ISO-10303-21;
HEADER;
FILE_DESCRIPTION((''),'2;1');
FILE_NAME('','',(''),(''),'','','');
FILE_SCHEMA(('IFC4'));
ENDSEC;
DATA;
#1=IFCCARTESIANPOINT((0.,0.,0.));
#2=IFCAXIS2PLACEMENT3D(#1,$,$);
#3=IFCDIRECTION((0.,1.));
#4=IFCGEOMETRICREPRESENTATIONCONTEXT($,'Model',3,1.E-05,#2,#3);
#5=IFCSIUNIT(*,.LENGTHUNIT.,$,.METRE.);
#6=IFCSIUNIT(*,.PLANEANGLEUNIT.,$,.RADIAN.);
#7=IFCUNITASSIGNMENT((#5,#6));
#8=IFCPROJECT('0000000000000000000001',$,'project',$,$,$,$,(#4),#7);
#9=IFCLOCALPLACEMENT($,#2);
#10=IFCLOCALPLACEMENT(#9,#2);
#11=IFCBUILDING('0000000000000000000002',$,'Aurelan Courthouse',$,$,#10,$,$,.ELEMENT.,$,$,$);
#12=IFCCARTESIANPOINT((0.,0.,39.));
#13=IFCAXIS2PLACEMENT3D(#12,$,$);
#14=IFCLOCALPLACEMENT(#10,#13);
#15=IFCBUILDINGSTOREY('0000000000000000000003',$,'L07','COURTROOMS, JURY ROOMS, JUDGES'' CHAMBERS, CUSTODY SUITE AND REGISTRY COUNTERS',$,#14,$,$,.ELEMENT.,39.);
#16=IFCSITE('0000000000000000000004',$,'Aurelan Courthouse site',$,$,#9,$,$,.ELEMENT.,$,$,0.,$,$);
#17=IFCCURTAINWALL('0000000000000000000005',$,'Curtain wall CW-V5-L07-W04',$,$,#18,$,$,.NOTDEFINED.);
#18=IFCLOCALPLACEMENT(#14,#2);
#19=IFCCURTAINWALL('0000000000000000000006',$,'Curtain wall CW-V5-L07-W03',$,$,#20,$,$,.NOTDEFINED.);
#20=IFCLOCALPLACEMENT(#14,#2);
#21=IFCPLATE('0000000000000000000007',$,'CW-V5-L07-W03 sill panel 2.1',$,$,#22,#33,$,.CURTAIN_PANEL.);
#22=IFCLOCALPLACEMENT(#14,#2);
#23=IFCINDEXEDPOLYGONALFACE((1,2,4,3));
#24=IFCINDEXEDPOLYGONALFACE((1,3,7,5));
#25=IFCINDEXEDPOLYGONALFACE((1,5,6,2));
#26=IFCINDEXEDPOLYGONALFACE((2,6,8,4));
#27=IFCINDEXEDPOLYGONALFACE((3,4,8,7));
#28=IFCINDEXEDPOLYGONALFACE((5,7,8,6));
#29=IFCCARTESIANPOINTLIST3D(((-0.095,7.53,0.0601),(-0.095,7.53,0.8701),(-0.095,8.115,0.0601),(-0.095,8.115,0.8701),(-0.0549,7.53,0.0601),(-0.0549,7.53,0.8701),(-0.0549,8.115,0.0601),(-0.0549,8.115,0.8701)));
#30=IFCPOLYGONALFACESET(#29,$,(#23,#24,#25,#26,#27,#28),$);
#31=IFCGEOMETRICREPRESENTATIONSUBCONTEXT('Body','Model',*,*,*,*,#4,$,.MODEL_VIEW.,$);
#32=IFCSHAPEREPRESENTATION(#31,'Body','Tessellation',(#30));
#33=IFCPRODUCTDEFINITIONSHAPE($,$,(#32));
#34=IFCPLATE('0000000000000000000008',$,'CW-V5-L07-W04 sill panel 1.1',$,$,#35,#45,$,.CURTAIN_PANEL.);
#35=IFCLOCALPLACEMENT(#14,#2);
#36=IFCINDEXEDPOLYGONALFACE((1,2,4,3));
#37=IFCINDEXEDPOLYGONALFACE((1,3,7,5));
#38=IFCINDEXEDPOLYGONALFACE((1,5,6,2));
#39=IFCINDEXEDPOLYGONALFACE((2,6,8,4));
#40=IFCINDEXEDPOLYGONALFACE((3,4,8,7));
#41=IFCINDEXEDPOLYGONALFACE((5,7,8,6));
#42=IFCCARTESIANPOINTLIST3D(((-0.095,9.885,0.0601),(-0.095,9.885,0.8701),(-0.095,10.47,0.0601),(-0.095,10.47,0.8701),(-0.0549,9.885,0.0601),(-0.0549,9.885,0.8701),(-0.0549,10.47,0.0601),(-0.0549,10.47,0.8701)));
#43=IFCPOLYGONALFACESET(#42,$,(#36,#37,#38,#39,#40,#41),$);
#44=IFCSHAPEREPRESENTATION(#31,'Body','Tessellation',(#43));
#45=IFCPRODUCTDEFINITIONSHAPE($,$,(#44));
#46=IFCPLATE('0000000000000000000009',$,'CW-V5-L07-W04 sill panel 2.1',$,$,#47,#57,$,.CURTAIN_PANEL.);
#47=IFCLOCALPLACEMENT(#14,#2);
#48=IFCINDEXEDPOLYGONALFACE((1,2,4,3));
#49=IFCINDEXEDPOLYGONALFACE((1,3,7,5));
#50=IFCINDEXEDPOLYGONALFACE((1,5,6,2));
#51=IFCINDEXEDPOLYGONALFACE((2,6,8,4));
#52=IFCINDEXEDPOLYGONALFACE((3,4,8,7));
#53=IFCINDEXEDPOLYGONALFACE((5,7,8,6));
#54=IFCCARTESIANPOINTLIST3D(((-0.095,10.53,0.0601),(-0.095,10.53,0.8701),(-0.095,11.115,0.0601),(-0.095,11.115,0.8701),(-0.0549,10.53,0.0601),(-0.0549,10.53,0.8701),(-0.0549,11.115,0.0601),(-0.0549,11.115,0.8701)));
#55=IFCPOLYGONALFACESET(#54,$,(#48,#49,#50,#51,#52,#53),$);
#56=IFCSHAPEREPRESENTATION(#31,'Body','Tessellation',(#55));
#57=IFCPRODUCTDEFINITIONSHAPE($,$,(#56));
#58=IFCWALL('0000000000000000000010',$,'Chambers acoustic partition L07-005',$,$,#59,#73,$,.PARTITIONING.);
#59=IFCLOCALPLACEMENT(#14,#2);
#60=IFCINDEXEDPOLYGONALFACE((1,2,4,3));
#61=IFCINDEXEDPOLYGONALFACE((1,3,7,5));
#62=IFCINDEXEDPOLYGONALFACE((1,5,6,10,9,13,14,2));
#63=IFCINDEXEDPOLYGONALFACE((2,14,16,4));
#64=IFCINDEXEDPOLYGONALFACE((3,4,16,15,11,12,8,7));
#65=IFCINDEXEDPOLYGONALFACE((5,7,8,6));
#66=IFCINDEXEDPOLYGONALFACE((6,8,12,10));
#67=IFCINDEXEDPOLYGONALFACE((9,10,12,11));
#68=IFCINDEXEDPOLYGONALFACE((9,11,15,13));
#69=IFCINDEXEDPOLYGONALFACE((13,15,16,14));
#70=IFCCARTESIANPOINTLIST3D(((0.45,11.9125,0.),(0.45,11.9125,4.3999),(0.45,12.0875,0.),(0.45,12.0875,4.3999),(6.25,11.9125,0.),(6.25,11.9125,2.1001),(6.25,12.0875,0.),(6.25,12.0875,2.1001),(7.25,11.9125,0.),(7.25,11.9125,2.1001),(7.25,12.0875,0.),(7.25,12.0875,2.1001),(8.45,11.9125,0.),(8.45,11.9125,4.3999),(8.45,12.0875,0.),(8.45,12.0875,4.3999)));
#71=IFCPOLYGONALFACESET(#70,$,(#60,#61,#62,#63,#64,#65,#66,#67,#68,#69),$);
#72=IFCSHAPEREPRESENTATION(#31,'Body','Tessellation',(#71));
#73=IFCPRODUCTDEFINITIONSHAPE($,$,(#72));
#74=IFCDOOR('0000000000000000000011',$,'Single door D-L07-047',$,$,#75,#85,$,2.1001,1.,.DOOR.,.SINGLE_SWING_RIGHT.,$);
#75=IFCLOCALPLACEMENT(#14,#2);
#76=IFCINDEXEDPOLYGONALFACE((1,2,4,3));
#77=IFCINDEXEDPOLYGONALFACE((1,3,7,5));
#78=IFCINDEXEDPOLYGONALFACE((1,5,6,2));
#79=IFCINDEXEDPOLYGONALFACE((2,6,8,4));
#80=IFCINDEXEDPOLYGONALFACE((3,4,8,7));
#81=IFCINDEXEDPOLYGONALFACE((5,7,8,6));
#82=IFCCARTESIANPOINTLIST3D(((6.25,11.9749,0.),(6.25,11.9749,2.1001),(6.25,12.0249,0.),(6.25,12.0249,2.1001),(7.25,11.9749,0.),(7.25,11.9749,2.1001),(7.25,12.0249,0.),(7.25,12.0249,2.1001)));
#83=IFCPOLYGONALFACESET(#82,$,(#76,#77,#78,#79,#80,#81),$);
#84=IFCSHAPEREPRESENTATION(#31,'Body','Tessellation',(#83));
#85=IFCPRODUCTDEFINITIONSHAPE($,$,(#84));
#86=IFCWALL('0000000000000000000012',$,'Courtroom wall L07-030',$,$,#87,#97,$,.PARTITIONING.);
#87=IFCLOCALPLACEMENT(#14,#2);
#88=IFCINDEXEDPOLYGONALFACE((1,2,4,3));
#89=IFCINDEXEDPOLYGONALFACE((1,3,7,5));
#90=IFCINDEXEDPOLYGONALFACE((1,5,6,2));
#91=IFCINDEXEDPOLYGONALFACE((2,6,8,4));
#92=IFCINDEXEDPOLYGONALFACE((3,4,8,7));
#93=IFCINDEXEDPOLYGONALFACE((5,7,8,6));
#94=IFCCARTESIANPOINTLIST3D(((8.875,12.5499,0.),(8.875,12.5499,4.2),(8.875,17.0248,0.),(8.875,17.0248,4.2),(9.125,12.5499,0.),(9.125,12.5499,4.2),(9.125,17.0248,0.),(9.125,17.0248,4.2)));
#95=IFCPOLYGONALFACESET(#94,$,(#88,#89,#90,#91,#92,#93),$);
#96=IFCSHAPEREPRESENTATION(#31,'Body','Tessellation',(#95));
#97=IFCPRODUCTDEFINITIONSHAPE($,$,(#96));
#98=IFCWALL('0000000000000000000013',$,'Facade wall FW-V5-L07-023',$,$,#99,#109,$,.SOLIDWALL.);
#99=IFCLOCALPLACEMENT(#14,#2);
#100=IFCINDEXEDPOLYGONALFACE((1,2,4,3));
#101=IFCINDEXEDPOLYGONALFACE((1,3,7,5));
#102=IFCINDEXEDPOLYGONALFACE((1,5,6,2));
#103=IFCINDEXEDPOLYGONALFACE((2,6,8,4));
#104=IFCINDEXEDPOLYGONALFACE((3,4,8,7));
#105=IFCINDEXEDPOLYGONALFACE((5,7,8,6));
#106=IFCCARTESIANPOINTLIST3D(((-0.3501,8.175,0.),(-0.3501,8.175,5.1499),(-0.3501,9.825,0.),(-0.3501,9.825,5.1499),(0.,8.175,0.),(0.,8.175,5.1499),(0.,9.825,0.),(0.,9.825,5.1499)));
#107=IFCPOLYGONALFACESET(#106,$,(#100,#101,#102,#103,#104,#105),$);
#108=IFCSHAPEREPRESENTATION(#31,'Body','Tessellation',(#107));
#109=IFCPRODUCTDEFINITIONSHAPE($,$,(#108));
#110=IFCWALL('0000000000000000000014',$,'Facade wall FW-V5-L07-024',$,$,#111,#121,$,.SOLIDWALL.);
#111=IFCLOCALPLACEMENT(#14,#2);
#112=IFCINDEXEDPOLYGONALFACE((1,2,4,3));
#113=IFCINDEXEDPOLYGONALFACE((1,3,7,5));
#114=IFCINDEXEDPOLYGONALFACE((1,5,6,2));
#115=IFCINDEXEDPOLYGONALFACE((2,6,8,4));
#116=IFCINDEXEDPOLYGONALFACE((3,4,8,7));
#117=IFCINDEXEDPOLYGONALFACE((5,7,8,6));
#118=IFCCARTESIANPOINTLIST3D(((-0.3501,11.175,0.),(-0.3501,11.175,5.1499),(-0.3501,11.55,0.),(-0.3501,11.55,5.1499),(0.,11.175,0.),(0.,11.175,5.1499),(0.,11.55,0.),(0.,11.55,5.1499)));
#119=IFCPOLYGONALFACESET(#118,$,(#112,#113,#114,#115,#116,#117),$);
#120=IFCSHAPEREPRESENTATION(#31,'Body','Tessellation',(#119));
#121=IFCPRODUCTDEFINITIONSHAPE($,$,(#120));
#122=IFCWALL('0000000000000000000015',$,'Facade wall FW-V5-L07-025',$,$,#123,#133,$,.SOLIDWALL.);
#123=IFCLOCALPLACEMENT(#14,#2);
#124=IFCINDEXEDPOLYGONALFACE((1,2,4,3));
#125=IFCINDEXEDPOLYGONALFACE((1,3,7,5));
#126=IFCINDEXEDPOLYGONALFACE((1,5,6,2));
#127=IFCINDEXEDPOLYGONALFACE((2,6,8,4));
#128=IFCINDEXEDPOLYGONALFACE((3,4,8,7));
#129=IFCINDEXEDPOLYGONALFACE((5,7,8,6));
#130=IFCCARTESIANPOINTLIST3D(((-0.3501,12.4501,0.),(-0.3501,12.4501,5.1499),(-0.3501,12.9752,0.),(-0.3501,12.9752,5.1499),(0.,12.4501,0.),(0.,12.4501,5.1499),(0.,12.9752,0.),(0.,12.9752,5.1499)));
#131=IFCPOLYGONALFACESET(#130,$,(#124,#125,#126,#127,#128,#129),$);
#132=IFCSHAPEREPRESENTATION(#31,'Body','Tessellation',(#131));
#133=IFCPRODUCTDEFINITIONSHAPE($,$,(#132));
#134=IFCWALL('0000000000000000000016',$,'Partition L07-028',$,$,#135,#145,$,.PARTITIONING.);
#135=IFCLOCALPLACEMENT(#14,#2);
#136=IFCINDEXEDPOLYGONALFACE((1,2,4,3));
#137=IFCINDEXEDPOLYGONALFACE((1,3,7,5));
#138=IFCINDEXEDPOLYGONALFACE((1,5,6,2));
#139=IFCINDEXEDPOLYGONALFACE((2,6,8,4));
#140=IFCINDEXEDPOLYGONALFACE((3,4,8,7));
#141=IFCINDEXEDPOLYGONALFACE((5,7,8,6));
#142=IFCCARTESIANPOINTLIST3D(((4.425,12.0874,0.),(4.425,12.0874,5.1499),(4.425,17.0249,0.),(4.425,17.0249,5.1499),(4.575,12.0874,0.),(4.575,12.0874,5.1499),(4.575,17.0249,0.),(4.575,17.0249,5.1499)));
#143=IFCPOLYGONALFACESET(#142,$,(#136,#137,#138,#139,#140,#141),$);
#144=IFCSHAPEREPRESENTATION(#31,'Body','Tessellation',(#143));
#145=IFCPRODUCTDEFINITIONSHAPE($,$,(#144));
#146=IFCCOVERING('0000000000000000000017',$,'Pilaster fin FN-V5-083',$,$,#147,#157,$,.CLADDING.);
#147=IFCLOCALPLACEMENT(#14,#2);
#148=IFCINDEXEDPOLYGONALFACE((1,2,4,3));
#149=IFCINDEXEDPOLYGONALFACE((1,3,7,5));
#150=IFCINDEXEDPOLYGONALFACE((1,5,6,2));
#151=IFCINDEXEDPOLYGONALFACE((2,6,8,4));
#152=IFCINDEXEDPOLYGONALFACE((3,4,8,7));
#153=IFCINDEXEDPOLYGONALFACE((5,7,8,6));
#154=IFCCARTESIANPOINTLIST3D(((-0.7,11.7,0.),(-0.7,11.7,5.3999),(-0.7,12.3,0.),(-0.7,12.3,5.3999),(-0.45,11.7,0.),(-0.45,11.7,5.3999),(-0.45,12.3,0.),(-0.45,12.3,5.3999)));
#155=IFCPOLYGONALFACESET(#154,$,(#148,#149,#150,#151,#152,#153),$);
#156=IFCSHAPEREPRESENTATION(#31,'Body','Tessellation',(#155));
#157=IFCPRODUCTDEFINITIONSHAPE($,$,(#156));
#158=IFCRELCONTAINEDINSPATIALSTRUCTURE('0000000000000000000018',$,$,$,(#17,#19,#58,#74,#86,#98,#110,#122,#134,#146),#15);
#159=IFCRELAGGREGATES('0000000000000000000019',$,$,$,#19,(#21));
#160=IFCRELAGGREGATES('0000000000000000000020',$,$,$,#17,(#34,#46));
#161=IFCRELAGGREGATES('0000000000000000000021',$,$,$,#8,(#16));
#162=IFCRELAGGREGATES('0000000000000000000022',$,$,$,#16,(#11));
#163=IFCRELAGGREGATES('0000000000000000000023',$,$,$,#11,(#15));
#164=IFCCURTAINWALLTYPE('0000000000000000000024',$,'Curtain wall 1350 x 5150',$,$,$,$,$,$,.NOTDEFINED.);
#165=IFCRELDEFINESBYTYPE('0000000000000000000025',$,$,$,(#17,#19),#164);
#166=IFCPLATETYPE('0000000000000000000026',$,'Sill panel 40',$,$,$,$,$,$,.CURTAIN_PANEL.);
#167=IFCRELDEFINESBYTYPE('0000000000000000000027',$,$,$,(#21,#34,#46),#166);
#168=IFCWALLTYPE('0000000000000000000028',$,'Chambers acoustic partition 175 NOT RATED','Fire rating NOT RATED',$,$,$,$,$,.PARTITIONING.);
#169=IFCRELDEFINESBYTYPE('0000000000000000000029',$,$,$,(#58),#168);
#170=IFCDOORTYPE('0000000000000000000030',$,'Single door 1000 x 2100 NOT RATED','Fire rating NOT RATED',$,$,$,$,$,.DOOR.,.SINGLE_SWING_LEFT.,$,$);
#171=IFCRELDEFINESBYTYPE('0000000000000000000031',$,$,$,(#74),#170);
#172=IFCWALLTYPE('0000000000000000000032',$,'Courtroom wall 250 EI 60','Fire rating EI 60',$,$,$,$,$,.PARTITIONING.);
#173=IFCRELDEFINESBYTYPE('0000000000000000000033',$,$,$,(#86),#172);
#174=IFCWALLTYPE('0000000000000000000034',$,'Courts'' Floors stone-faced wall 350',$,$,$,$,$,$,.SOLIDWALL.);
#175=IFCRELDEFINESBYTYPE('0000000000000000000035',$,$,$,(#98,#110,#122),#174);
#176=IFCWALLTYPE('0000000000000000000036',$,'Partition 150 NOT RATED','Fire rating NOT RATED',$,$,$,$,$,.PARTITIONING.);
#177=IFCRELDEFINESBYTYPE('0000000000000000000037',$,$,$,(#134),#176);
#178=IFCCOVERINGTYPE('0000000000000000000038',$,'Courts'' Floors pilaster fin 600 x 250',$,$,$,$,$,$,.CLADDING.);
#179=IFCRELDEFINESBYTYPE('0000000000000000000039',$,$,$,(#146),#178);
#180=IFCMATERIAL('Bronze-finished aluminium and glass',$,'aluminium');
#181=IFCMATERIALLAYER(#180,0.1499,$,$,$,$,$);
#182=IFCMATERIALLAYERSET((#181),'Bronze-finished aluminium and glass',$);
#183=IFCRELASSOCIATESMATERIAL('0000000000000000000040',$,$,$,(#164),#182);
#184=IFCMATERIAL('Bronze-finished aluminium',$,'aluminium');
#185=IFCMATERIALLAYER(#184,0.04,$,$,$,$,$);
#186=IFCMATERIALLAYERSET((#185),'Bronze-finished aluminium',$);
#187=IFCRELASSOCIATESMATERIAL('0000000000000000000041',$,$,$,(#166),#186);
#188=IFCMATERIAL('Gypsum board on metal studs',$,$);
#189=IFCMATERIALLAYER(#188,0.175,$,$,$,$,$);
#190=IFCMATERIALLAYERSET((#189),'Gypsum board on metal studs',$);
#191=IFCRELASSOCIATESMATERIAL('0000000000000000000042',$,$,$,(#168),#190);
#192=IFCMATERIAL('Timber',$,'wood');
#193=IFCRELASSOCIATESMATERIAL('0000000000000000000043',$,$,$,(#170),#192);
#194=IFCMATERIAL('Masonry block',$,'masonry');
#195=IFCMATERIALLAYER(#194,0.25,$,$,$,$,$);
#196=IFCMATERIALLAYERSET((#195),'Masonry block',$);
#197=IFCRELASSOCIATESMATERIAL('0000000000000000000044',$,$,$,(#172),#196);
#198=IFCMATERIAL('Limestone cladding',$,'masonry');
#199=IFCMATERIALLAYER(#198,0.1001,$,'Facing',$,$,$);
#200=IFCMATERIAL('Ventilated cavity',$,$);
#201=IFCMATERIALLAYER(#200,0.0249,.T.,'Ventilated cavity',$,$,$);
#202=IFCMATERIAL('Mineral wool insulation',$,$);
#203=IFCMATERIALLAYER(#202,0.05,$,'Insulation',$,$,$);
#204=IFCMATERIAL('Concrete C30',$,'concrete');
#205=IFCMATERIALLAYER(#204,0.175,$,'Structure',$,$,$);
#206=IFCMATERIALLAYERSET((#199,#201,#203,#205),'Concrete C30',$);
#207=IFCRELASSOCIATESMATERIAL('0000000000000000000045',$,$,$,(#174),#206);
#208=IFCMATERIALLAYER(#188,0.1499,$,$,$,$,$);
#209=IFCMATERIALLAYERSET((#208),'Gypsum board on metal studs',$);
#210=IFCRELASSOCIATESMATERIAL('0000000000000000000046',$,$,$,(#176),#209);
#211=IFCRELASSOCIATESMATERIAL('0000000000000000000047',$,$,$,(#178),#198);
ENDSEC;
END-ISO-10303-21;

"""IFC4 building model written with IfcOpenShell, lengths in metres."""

from ifc_helpers import new_model, si_unit, direction, frame, frame_2d, origin, origin_2d, place, context, subcontext, project, spatial, rectangle, extrude, material, layer, layer_set, type_object, element, fill, aggregate, save


model = new_model("IFC4")

# Units and contexts
model_context = context("Model", 3, precision=1e-05, world=origin(), true_north=direction((0.0, 1.0)))
body_context = subcontext(model_context, "Body", "Model", "MODEL_VIEW")
ifc_project = project(units=[si_unit("LENGTHUNIT", "METRE"), si_unit("PLANEANGLEUNIT", "RADIAN")], contexts=[model_context])

# Site, building, storey
site_placement = place(None, origin())
site = spatial("IfcSite", under=ifc_project, at=site_placement, Name="Aurelan Courthouse site", CompositionType="ELEMENT", RefElevation=0.0)
building_placement = place(site_placement, origin())
building = spatial("IfcBuilding", under=site, at=building_placement, Name="Aurelan Courthouse", CompositionType="ELEMENT")
storey_placement = place(building_placement, frame((0.0, 0.0, 39.0)))
storey = spatial("IfcBuildingStorey", under=building, at=storey_placement, Name="L07", Description="COURTROOMS, JURY ROOMS, JUDGES' CHAMBERS, CUSTODY SUITE AND REGISTRY COUNTERS", CompositionType="ELEMENT", Elevation=39.0)

# Curtain wall
ifc_material_1 = material(Name="Bronze-finished aluminium and glass", Category="aluminium")
ifc_layer_1 = layer(ifc_material_1, 0.1499)
ifc_layer_set_1 = layer_set([ifc_layer_1], Name="Bronze-finished aluminium and glass")
curtain_wall_type = type_object("IfcCurtainWallType", Name="Curtain wall 1350 x 5150", PredefinedType="NOTDEFINED", material=ifc_layer_set_1)
curtain_wall_1_placement = place(storey_placement, origin())
curtain_wall_1 = element("IfcCurtainWall", 1, at=curtain_wall_1_placement, inside=storey, type_object=curtain_wall_type, Name="Curtain wall CW-V5-L07-W04", PredefinedType="NOTDEFINED")
ifc_material_2 = material(Name="Bronze-finished aluminium", Category="aluminium")

# Curtain wall
curtain_wall_2_placement = place(storey_placement, origin())
curtain_wall_2 = element("IfcCurtainWall", 2, at=curtain_wall_2_placement, inside=storey, type_object=curtain_wall_type, Name="Curtain wall CW-V5-L07-W03", PredefinedType="NOTDEFINED")

# Plates
ifc_layer_2 = layer(ifc_material_2, 0.04)
ifc_layer_set_2 = layer_set([ifc_layer_2], Name="Bronze-finished aluminium")
plate_type = type_object("IfcPlateType", Name="Sill panel 40", PredefinedType="CURTAIN_PANEL", material=ifc_layer_set_2)
plate_1_placement = place(storey_placement, frame((-0.075, 7.8225, 0.0601), z_axis=(0.0, 0.0, 1.0), x_axis=(0.0, 1.0, 0.0)))
plate_1 = element("IfcPlate", 3, at=plate_1_placement, type_object=plate_type, Name="CW-V5-L07-W03 sill panel 2.1", PredefinedType="CURTAIN_PANEL", context=body_context, shape_type="SweptSolid", body=[
    extrude(rectangle(XDim=0.585, YDim=0.04, at=origin_2d()), origin(), (0.0, 0.0, 1.0), 0.8101),
])
aggregate(curtain_wall_2, [plate_1])
plate_2_placement = place(storey_placement, frame((-0.075, 10.1775, 0.0601), z_axis=(0.0, 0.0, 1.0), x_axis=(0.0, 1.0, 0.0)))
plate_2 = element("IfcPlate", 4, at=plate_2_placement, type_object=plate_type, Name="CW-V5-L07-W04 sill panel 1.1", PredefinedType="CURTAIN_PANEL", context=body_context, shape_type="SweptSolid", body=[
    extrude(rectangle(XDim=0.585, YDim=0.04, at=origin_2d()), origin(), (0.0, 0.0, 1.0), 0.8101),
])
plate_3_placement = place(storey_placement, frame((-0.075, 10.8225, 0.0601), z_axis=(0.0, 0.0, 1.0), x_axis=(0.0, 1.0, 0.0)))
plate_3 = element("IfcPlate", 5, at=plate_3_placement, type_object=plate_type, Name="CW-V5-L07-W04 sill panel 2.1", PredefinedType="CURTAIN_PANEL", context=body_context, shape_type="SweptSolid", body=[
    extrude(rectangle(XDim=0.585, YDim=0.04, at=origin_2d()), origin(), (0.0, 0.0, 1.0), 0.8101),
])
aggregate(curtain_wall_1, [plate_2, plate_3])

# Wall, opening, door
ifc_material_3 = material(Name="Gypsum board on metal studs")
ifc_layer_3 = layer(ifc_material_3, 0.175)
ifc_layer_set_3 = layer_set([ifc_layer_3], Name="Gypsum board on metal studs")
wall_type_1 = type_object("IfcWallType", Name="Chambers acoustic partition 175 NOT RATED", Description="Fire rating NOT RATED", PredefinedType="PARTITIONING", material=ifc_layer_set_3)
wall_1_placement = place(storey_placement, frame((0.45, 12.0, 0.0), z_axis=(0.0, 0.0, 1.0), x_axis=(1.0, 0.0, 0.0)))
wall_1 = element("IfcWall", 6, at=wall_1_placement, inside=storey, type_object=wall_type_1, Name="Chambers acoustic partition L07-005", PredefinedType="PARTITIONING", context=body_context, shape_type="SweptSolid", body=[
    extrude(rectangle(XDim=8.0, YDim=0.175, at=frame_2d((4.0, 0.0))), origin(), (0.0, 0.0, 1.0), 4.3999),
])
opening_placement = place(wall_1_placement, frame((5.8, 0.0, 0.0)))
opening = element("IfcOpeningElement", 7, at=opening_placement, cuts=wall_1, PredefinedType="OPENING", context=body_context, shape_type="SweptSolid", body=[
    extrude(rectangle(XDim=1.0, YDim=2.1001, at=frame_2d((0.5, 1.05))), frame((0.0, 0.0974, 0.0), z_axis=(0.0, -1.0, 0.0), x_axis=(1.0, 0.0, 0.0)), (0.0, 0.0, 1.0), 0.1951),
])
ifc_material_4 = material(Name="Timber", Category="wood")
door_type = type_object("IfcDoorType", Name="Single door 1000 x 2100 NOT RATED", Description="Fire rating NOT RATED", OperationType="SINGLE_SWING_LEFT", PredefinedType="DOOR", material=ifc_material_4)
door_placement = place(opening_placement, origin())
door = element("IfcDoor", 8, at=door_placement, inside=storey, type_object=door_type, Name="Single door D-L07-047", OperationType="SINGLE_SWING_RIGHT", OverallHeight=2.1001, OverallWidth=1.0, PredefinedType="DOOR", context=body_context, shape_type="SweptSolid", body=[
    extrude(rectangle(XDim=1.0, YDim=2.1001, at=frame_2d((0.5, 1.05))), frame((0.0, 0.0249, 0.0), z_axis=(0.0, -1.0, 0.0), x_axis=(1.0, 0.0, 0.0)), (0.0, 0.0, 1.0), 0.05),
])
fill(opening, door)

# Walls
ifc_material_5 = material(Name="Masonry block", Category="masonry")
ifc_layer_4 = layer(ifc_material_5, 0.25)
ifc_layer_set_4 = layer_set([ifc_layer_4], Name="Masonry block")
wall_type_2 = type_object("IfcWallType", Name="Courtroom wall 250 EI 60", Description="Fire rating EI 60", PredefinedType="PARTITIONING", material=ifc_layer_set_4)
wall_2_placement = place(storey_placement, frame((9.0, 12.55, 0.0), z_axis=(0.0, 0.0, 1.0), x_axis=(0.0, 1.0, 0.0)))
element("IfcWall", 9, at=wall_2_placement, inside=storey, type_object=wall_type_2, Name="Courtroom wall L07-030", PredefinedType="PARTITIONING", context=body_context, shape_type="SweptSolid", body=[
    extrude(rectangle(XDim=4.4749, YDim=0.25, at=frame_2d((2.2373, 0.0))), origin(), (0.0, 0.0, 1.0), 4.2),
])
ifc_material_6 = material(Name="Limestone cladding", Category="masonry")
ifc_layer_5 = layer(ifc_material_6, 0.1001, Name="Facing")
ifc_material_7 = material(Name="Ventilated cavity")
ifc_layer_6 = layer(ifc_material_7, 0.0249, ventilated=True, Name="Ventilated cavity")
ifc_material_8 = material(Name="Mineral wool insulation")
ifc_layer_7 = layer(ifc_material_8, 0.05, Name="Insulation")
ifc_material_9 = material(Name="Concrete C30", Category="concrete")
ifc_layer_8 = layer(ifc_material_9, 0.175, Name="Structure")
ifc_layer_set_5 = layer_set([ifc_layer_5, ifc_layer_6, ifc_layer_7, ifc_layer_8], Name="Concrete C30")
wall_type_3 = type_object("IfcWallType", Name="Courts' Floors stone-faced wall 350", PredefinedType="SOLIDWALL", material=ifc_layer_set_5)
wall_3_placement = place(storey_placement, frame((-0.175, 8.175, 0.0), z_axis=(0.0, 0.0, 1.0), x_axis=(0.0, 1.0, 0.0)))
element("IfcWall", 10, at=wall_3_placement, inside=storey, type_object=wall_type_3, Name="Facade wall FW-V5-L07-023", PredefinedType="SOLIDWALL", context=body_context, shape_type="SweptSolid", body=[
    extrude(rectangle(XDim=1.6499, YDim=0.3501, at=frame_2d((0.825, 0.0))), origin(), (0.0, 0.0, 1.0), 5.1499),
])
wall_4_placement = place(storey_placement, frame((-0.175, 11.175, 0.0), z_axis=(0.0, 0.0, 1.0), x_axis=(0.0, 1.0, 0.0)))
element("IfcWall", 11, at=wall_4_placement, inside=storey, type_object=wall_type_3, Name="Facade wall FW-V5-L07-024", PredefinedType="SOLIDWALL", context=body_context, shape_type="SweptSolid", body=[
    extrude(rectangle(XDim=0.375, YDim=0.3501, at=frame_2d((0.1875, 0.0))), origin(), (0.0, 0.0, 1.0), 5.1499),
])
wall_5_placement = place(storey_placement, frame((-0.175, 12.45, 0.0), z_axis=(0.0, 0.0, 1.0), x_axis=(0.0, 1.0, 0.0)))
element("IfcWall", 12, at=wall_5_placement, inside=storey, type_object=wall_type_3, Name="Facade wall FW-V5-L07-025", PredefinedType="SOLIDWALL", context=body_context, shape_type="SweptSolid", body=[
    extrude(rectangle(XDim=0.5251, YDim=0.3501, at=frame_2d((0.2627, 0.0))), origin(), (0.0, 0.0, 1.0), 5.1499),
])
ifc_layer_9 = layer(ifc_material_3, 0.1499)
ifc_layer_set_6 = layer_set([ifc_layer_9], Name="Gypsum board on metal studs")
wall_type_4 = type_object("IfcWallType", Name="Partition 150 NOT RATED", Description="Fire rating NOT RATED", PredefinedType="PARTITIONING", material=ifc_layer_set_6)
wall_6_placement = place(storey_placement, frame((4.5, 12.0874, 0.0), z_axis=(0.0, 0.0, 1.0), x_axis=(0.0, 1.0, 0.0)))
element("IfcWall", 13, at=wall_6_placement, inside=storey, type_object=wall_type_4, Name="Partition L07-028", PredefinedType="PARTITIONING", context=body_context, shape_type="SweptSolid", body=[
    extrude(rectangle(XDim=4.9375, YDim=0.1499, at=frame_2d((2.4688, 0.0))), origin(), (0.0, 0.0, 1.0), 5.1499),
])

# Covering
covering_type = type_object("IfcCoveringType", Name="Courts' Floors pilaster fin 600 x 250", PredefinedType="CLADDING", material=ifc_material_6)
covering_placement = place(storey_placement, frame((-0.575, 12.0, 0.0), z_axis=(0.0, 0.0, 1.0), x_axis=(1.0, 0.0, 0.0)))
element("IfcCovering", 14, at=covering_placement, inside=storey, type_object=covering_type, Name="Pilaster fin FN-V5-083", PredefinedType="CLADDING", context=body_context, shape_type="SweptSolid", body=[
    extrude(rectangle(XDim=0.25, YDim=0.6001, at=origin_2d()), origin(), (0.0, 0.0, 1.0), 5.3999),
])

save(model, "model.ifc")
